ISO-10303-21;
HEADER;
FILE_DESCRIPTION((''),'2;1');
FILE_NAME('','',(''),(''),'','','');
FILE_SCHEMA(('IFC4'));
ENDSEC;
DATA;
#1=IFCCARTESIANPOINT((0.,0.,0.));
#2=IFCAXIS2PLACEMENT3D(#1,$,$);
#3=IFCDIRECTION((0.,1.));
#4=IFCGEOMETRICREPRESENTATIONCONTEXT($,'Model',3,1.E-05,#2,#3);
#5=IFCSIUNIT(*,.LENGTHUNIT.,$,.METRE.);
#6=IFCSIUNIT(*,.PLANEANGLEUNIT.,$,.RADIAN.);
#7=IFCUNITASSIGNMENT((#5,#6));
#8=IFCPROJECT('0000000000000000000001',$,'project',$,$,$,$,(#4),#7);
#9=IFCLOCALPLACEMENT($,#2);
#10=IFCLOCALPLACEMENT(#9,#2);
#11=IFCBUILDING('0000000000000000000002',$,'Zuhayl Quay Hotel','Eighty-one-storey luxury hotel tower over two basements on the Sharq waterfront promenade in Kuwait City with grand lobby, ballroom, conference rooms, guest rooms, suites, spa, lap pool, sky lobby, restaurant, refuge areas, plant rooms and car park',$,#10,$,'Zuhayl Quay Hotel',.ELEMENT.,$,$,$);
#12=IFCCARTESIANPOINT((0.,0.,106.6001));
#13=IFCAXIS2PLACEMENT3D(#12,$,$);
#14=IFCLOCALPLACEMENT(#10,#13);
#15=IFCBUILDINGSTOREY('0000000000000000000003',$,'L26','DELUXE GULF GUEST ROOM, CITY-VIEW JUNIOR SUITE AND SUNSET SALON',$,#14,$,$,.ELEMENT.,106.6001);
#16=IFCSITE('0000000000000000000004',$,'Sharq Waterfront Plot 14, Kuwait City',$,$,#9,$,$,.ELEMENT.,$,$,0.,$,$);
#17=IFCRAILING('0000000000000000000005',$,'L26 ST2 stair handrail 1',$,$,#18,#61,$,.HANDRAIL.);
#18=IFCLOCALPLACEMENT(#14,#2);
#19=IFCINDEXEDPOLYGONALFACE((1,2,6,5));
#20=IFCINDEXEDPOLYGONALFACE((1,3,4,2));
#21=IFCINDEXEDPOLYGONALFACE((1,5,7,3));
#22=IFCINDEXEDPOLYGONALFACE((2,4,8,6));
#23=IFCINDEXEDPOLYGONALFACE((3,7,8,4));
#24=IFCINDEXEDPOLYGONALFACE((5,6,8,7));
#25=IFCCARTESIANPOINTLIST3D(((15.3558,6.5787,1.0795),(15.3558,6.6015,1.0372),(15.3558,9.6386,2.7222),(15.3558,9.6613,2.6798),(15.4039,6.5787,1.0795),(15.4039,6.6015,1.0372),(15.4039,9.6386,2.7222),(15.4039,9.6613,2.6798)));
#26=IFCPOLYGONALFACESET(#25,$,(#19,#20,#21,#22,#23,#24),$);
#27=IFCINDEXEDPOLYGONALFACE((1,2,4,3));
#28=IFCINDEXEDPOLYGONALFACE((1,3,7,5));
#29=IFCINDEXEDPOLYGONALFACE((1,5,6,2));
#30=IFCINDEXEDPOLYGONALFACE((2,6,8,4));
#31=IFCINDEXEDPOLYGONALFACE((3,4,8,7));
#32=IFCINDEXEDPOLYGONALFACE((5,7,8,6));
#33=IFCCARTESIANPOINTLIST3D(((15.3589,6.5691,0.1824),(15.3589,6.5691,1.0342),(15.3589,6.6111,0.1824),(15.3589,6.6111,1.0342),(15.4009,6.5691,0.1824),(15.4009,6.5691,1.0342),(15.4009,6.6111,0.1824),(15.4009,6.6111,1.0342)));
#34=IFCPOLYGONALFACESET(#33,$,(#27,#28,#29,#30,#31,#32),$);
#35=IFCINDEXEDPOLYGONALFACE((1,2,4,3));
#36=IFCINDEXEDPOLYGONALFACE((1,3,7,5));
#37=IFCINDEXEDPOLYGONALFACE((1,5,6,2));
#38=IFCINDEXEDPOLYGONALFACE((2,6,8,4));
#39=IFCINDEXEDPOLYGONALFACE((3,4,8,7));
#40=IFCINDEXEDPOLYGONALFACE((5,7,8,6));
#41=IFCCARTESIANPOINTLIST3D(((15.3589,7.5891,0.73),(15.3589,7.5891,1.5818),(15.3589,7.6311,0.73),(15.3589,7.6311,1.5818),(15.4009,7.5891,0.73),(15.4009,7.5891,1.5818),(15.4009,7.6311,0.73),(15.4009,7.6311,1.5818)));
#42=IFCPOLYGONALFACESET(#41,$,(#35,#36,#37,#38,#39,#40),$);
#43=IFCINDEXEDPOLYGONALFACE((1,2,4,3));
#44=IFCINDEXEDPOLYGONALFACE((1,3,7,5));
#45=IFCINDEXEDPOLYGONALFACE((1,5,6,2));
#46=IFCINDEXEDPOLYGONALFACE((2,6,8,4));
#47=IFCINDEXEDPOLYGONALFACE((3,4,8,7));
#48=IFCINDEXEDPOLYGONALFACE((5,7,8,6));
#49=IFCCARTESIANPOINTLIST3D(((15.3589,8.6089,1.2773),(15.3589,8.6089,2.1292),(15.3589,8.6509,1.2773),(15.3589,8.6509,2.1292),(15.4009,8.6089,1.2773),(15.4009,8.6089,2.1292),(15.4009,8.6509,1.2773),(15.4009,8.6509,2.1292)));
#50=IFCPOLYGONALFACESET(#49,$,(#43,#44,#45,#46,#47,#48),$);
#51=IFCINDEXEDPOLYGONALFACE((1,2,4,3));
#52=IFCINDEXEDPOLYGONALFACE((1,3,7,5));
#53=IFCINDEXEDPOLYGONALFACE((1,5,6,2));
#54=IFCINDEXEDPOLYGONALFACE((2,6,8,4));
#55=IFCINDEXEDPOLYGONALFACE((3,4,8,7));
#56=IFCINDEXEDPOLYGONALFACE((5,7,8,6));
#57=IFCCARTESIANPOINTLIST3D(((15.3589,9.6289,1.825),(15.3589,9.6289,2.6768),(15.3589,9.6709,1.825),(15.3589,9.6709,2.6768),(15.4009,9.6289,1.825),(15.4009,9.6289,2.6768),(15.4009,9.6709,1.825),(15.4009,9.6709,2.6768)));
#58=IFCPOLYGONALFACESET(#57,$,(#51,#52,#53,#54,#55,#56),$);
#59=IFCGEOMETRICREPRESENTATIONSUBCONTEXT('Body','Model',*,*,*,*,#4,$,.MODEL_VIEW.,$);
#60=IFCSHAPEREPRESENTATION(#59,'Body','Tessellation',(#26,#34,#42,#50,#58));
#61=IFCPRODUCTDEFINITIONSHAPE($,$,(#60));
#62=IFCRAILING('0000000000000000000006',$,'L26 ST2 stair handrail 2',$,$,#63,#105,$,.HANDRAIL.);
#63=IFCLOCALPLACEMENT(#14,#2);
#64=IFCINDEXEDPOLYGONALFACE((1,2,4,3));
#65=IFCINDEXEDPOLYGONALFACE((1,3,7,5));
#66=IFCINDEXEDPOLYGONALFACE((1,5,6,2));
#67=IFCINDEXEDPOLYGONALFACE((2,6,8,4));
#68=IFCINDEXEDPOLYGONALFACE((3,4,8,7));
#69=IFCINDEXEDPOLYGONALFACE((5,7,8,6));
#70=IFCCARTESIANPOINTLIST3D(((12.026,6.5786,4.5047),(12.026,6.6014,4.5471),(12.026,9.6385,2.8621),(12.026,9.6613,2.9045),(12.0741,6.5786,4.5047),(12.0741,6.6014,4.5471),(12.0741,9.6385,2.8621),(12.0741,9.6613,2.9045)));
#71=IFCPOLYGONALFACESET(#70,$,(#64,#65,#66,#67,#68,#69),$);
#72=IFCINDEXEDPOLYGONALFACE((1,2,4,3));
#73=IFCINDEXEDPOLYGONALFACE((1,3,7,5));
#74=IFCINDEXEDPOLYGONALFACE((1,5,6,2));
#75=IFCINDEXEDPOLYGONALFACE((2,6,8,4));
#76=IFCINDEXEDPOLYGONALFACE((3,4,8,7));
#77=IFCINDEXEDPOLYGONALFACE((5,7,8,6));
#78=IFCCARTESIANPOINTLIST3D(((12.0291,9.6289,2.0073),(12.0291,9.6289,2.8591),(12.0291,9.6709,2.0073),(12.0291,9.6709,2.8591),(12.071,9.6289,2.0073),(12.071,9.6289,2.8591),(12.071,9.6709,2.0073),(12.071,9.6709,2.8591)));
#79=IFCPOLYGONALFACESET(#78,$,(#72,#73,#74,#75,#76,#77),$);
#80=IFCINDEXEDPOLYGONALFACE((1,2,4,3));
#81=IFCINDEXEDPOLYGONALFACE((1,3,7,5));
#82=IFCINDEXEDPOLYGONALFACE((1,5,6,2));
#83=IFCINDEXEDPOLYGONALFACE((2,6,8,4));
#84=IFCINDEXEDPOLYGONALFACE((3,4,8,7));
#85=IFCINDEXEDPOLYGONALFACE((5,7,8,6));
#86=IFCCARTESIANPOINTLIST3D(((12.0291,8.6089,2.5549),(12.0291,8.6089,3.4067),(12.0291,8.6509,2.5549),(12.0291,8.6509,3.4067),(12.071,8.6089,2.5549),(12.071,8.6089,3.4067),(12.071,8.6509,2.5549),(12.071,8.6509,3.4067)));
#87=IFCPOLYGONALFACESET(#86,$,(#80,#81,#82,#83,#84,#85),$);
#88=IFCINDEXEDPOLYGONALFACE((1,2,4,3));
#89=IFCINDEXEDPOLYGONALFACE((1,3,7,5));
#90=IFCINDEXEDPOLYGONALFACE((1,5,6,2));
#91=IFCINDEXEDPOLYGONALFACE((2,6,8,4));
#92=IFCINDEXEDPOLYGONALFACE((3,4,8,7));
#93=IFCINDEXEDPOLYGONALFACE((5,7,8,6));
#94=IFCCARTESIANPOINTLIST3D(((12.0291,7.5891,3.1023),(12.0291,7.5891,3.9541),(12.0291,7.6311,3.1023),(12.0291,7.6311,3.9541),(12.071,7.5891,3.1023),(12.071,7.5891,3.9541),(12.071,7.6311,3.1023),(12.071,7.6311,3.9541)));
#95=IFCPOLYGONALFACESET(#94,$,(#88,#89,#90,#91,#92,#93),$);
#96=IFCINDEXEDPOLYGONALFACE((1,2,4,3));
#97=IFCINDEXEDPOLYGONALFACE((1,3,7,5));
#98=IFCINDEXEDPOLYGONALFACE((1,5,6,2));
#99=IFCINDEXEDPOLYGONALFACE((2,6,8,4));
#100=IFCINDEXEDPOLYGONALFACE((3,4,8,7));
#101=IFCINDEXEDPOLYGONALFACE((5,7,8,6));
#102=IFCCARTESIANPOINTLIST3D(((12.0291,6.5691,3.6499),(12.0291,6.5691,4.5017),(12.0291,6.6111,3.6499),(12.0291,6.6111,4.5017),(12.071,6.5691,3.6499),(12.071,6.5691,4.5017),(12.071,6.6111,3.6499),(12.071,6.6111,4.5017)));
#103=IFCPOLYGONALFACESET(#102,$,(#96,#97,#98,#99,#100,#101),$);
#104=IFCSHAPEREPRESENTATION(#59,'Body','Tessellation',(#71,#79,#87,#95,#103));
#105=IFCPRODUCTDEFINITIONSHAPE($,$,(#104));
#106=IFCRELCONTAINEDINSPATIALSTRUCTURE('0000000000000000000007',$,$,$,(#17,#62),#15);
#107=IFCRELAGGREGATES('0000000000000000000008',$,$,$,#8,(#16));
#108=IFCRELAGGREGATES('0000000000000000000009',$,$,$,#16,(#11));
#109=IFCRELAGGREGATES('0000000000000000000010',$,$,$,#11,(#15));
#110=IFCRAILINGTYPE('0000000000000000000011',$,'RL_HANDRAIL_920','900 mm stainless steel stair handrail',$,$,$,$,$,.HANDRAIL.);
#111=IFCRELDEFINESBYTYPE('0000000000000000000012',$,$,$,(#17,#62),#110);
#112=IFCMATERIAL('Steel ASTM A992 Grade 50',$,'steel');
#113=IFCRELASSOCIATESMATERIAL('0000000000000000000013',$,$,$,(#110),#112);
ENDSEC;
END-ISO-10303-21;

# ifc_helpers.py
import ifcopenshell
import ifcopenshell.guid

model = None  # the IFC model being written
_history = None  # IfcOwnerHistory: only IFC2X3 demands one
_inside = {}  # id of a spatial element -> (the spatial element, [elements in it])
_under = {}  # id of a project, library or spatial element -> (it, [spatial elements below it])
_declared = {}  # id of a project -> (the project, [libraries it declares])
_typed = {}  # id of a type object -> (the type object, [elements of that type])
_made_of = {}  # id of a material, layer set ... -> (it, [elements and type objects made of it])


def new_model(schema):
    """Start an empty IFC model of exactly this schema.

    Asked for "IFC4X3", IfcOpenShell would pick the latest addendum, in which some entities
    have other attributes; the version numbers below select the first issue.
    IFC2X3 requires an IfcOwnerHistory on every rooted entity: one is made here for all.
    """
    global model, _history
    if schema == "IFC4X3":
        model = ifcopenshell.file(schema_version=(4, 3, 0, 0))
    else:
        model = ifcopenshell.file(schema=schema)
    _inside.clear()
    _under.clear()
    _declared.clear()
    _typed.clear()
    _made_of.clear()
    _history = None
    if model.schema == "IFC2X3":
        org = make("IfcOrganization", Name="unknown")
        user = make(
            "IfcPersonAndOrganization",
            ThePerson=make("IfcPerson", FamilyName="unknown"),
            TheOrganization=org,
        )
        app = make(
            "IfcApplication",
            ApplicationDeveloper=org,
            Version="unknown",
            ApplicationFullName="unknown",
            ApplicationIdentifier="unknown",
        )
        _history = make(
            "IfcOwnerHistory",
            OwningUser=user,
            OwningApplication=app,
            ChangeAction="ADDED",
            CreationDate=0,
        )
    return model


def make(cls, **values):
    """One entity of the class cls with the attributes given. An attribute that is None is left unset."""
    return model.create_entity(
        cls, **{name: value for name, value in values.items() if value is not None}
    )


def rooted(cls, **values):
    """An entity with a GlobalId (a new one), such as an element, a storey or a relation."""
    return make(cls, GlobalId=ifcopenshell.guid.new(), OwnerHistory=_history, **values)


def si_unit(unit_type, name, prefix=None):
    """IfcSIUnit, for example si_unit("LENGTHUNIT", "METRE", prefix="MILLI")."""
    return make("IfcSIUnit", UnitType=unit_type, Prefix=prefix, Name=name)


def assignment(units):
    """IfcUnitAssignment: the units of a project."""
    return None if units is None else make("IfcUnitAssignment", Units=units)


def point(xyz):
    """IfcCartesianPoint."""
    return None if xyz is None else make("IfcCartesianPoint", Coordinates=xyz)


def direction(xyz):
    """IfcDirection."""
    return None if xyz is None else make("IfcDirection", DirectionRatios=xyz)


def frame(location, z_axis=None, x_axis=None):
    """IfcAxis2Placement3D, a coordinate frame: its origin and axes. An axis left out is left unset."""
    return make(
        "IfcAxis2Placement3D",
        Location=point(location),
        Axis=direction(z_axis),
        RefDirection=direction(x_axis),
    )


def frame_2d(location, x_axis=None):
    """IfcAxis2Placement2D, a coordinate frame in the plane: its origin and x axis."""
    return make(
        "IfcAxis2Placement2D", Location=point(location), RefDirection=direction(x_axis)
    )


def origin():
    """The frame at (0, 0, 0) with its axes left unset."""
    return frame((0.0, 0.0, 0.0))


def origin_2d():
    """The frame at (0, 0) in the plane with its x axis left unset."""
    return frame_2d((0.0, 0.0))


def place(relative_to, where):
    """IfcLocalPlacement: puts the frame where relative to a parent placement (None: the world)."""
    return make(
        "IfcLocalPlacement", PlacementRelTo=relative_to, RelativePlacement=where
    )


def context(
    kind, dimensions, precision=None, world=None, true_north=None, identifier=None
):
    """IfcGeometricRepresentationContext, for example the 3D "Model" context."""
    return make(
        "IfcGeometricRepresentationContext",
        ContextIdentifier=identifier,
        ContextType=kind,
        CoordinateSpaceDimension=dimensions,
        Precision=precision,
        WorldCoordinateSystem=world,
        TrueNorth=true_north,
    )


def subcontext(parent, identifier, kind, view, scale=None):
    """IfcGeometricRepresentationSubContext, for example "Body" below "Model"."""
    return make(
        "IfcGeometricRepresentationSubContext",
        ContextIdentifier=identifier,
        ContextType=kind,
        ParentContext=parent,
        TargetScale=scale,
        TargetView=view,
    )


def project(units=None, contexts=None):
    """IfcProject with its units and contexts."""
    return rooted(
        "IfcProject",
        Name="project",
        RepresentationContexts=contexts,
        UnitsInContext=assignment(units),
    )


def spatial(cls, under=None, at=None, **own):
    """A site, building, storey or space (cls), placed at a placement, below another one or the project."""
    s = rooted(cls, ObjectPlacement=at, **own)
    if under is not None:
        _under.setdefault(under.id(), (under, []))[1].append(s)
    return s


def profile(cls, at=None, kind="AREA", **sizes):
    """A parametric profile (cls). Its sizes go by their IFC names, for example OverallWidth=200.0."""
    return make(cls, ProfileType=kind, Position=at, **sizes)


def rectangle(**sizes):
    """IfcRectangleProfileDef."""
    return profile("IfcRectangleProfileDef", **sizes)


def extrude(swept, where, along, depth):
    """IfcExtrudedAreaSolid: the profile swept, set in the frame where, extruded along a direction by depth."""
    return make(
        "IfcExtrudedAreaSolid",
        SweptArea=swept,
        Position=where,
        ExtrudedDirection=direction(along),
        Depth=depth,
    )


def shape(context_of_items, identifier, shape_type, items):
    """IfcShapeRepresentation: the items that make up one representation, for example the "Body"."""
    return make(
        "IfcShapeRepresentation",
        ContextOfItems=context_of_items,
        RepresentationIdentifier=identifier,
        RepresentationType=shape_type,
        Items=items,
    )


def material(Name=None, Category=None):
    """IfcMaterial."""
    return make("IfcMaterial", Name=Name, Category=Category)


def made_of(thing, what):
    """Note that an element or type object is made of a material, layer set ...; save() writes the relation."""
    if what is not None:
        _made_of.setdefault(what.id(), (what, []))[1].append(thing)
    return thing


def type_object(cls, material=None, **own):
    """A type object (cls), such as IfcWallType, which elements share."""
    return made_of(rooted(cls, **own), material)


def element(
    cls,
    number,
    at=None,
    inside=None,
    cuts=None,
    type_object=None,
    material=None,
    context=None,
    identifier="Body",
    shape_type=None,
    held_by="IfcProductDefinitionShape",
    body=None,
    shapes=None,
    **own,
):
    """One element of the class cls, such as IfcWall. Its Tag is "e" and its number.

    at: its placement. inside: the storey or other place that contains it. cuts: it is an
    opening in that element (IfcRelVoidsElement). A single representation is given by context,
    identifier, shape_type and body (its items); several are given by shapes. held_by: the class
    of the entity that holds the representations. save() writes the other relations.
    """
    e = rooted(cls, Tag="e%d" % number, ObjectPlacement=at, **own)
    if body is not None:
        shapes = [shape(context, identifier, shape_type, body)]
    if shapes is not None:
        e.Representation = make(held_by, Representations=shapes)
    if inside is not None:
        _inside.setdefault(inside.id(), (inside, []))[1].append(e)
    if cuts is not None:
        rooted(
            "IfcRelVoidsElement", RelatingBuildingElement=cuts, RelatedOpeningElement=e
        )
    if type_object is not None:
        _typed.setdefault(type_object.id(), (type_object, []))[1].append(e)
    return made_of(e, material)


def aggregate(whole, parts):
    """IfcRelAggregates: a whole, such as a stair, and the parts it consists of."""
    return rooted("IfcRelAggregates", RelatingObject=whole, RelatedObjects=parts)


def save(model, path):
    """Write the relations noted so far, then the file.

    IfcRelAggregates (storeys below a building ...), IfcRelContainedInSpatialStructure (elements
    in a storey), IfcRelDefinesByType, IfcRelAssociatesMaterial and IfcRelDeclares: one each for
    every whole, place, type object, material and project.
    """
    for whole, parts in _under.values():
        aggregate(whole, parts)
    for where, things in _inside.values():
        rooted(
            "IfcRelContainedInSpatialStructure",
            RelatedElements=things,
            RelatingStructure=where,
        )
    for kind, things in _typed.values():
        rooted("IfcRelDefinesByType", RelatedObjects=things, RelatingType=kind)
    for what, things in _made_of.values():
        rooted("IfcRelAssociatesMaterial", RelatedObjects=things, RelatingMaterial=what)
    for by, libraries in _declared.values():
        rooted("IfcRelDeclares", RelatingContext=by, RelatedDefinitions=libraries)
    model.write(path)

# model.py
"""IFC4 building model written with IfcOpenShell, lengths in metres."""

from ifc_helpers import new_model, si_unit, direction, frame, origin, origin_2d, place, context, subcontext, project, spatial, rectangle, extrude, material, type_object, element, save


model = new_model("IFC4")

# Units and contexts
model_context = context("Model", 3, precision=1e-05, world=origin(), true_north=direction((0.0, 1.0)))
body_context = subcontext(model_context, "Body", "Model", "MODEL_VIEW")
ifc_project = project(units=[si_unit("LENGTHUNIT", "METRE"), si_unit("PLANEANGLEUNIT", "RADIAN")], contexts=[model_context])

# Site, building, storey
site_placement = place(None, origin())
site = spatial("IfcSite", under=ifc_project, at=site_placement, Name="Sharq Waterfront Plot 14, Kuwait City", CompositionType="ELEMENT", RefElevation=0.0)
building_placement = place(site_placement, origin())
building = spatial("IfcBuilding", under=site, at=building_placement, Name="Zuhayl Quay Hotel", Description="Eighty-one-storey luxury hotel tower over two basements on the Sharq waterfront promenade in Kuwait City with grand lobby, ballroom, conference rooms, guest rooms, suites, spa, lap pool, sky lobby, restaurant, refuge areas, plant rooms and car park", LongName="Zuhayl Quay Hotel", CompositionType="ELEMENT")
storey_placement = place(building_placement, frame((0.0, 0.0, 106.6001)))
storey = spatial("IfcBuildingStorey", under=building, at=storey_placement, Name="L26", Description="DELUXE GULF GUEST ROOM, CITY-VIEW JUNIOR SUITE AND SUNSET SALON", CompositionType="ELEMENT", Elevation=106.6001)

# Shared definitions
ifc_material_1 = material(Name="Steel ASTM A992 Grade 50", Category="steel")

# Railings
railing_type_1 = type_object("IfcRailingType", Name="RL_HANDRAIL_920", Description="900 mm stainless steel stair handrail", PredefinedType="HANDRAIL", material=ifc_material_1)
railing_1_placement = place(storey_placement, frame((15.3799, 6.5901, 0.1824)))
element("IfcRailing", 1, at=railing_1_placement, inside=storey, type_object=railing_type_1, Name="L26 ST2 stair handrail 1", PredefinedType="HANDRAIL", context=body_context, shape_type="SweptSolid", body=[
    extrude(rectangle(XDim=0.0481, YDim=0.0481, at=origin_2d()), frame((0.0, 0.0, 0.876), z_axis=(0.0, 0.881073, 0.47298), x_axis=(-1.0, 0.0, 0.0)), (0.0, 0.0, 1.0), 3.4729),
    extrude(rectangle(XDim=0.042, YDim=0.042, at=origin_2d()), origin(), (0.0, 0.0, 1.0), 0.8518),
    extrude(rectangle(XDim=0.042, YDim=0.042, at=origin_2d()), frame((0.0, 1.02, 0.5476)), (0.0, 0.0, 1.0), 0.8518),
    extrude(rectangle(XDim=0.042, YDim=0.042, at=origin_2d()), frame((0.0, 2.0398, 1.095)), (0.0, 0.0, 1.0), 0.8518),
    extrude(rectangle(XDim=0.042, YDim=0.042, at=origin_2d()), frame((0.0, 3.0598, 1.6426)), (0.0, 0.0, 1.0), 0.8518),
])
railing_2_placement = place(storey_placement, frame((12.05, 9.6499, 2.0073)))
element("IfcRailing", 2, at=railing_2_placement, inside=storey, type_object=railing_type_1, Name="L26 ST2 stair handrail 2", PredefinedType="HANDRAIL", context=body_context, shape_type="SweptSolid", body=[
    extrude(rectangle(XDim=0.0481, YDim=0.0481, at=origin_2d()), frame((0.0, 0.0, 0.876), z_axis=(0.0, -0.881073, 0.47298), x_axis=(1.0, 0.0, 0.0)), (0.0, 0.0, 1.0), 3.4729),
    extrude(rectangle(XDim=0.042, YDim=0.042, at=origin_2d()), origin(), (0.0, 0.0, 1.0), 0.8518),
    extrude(rectangle(XDim=0.042, YDim=0.042, at=origin_2d()), frame((0.0, -1.02, 0.5476)), (0.0, 0.0, 1.0), 0.8518),
    extrude(rectangle(XDim=0.042, YDim=0.042, at=origin_2d()), frame((0.0, -2.0398, 1.095)), (0.0, 0.0, 1.0), 0.8518),
    extrude(rectangle(XDim=0.042, YDim=0.042, at=origin_2d()), frame((0.0, -3.0598, 1.6426)), (0.0, 0.0, 1.0), 0.8518),
])

save(model, "model.ifc")
